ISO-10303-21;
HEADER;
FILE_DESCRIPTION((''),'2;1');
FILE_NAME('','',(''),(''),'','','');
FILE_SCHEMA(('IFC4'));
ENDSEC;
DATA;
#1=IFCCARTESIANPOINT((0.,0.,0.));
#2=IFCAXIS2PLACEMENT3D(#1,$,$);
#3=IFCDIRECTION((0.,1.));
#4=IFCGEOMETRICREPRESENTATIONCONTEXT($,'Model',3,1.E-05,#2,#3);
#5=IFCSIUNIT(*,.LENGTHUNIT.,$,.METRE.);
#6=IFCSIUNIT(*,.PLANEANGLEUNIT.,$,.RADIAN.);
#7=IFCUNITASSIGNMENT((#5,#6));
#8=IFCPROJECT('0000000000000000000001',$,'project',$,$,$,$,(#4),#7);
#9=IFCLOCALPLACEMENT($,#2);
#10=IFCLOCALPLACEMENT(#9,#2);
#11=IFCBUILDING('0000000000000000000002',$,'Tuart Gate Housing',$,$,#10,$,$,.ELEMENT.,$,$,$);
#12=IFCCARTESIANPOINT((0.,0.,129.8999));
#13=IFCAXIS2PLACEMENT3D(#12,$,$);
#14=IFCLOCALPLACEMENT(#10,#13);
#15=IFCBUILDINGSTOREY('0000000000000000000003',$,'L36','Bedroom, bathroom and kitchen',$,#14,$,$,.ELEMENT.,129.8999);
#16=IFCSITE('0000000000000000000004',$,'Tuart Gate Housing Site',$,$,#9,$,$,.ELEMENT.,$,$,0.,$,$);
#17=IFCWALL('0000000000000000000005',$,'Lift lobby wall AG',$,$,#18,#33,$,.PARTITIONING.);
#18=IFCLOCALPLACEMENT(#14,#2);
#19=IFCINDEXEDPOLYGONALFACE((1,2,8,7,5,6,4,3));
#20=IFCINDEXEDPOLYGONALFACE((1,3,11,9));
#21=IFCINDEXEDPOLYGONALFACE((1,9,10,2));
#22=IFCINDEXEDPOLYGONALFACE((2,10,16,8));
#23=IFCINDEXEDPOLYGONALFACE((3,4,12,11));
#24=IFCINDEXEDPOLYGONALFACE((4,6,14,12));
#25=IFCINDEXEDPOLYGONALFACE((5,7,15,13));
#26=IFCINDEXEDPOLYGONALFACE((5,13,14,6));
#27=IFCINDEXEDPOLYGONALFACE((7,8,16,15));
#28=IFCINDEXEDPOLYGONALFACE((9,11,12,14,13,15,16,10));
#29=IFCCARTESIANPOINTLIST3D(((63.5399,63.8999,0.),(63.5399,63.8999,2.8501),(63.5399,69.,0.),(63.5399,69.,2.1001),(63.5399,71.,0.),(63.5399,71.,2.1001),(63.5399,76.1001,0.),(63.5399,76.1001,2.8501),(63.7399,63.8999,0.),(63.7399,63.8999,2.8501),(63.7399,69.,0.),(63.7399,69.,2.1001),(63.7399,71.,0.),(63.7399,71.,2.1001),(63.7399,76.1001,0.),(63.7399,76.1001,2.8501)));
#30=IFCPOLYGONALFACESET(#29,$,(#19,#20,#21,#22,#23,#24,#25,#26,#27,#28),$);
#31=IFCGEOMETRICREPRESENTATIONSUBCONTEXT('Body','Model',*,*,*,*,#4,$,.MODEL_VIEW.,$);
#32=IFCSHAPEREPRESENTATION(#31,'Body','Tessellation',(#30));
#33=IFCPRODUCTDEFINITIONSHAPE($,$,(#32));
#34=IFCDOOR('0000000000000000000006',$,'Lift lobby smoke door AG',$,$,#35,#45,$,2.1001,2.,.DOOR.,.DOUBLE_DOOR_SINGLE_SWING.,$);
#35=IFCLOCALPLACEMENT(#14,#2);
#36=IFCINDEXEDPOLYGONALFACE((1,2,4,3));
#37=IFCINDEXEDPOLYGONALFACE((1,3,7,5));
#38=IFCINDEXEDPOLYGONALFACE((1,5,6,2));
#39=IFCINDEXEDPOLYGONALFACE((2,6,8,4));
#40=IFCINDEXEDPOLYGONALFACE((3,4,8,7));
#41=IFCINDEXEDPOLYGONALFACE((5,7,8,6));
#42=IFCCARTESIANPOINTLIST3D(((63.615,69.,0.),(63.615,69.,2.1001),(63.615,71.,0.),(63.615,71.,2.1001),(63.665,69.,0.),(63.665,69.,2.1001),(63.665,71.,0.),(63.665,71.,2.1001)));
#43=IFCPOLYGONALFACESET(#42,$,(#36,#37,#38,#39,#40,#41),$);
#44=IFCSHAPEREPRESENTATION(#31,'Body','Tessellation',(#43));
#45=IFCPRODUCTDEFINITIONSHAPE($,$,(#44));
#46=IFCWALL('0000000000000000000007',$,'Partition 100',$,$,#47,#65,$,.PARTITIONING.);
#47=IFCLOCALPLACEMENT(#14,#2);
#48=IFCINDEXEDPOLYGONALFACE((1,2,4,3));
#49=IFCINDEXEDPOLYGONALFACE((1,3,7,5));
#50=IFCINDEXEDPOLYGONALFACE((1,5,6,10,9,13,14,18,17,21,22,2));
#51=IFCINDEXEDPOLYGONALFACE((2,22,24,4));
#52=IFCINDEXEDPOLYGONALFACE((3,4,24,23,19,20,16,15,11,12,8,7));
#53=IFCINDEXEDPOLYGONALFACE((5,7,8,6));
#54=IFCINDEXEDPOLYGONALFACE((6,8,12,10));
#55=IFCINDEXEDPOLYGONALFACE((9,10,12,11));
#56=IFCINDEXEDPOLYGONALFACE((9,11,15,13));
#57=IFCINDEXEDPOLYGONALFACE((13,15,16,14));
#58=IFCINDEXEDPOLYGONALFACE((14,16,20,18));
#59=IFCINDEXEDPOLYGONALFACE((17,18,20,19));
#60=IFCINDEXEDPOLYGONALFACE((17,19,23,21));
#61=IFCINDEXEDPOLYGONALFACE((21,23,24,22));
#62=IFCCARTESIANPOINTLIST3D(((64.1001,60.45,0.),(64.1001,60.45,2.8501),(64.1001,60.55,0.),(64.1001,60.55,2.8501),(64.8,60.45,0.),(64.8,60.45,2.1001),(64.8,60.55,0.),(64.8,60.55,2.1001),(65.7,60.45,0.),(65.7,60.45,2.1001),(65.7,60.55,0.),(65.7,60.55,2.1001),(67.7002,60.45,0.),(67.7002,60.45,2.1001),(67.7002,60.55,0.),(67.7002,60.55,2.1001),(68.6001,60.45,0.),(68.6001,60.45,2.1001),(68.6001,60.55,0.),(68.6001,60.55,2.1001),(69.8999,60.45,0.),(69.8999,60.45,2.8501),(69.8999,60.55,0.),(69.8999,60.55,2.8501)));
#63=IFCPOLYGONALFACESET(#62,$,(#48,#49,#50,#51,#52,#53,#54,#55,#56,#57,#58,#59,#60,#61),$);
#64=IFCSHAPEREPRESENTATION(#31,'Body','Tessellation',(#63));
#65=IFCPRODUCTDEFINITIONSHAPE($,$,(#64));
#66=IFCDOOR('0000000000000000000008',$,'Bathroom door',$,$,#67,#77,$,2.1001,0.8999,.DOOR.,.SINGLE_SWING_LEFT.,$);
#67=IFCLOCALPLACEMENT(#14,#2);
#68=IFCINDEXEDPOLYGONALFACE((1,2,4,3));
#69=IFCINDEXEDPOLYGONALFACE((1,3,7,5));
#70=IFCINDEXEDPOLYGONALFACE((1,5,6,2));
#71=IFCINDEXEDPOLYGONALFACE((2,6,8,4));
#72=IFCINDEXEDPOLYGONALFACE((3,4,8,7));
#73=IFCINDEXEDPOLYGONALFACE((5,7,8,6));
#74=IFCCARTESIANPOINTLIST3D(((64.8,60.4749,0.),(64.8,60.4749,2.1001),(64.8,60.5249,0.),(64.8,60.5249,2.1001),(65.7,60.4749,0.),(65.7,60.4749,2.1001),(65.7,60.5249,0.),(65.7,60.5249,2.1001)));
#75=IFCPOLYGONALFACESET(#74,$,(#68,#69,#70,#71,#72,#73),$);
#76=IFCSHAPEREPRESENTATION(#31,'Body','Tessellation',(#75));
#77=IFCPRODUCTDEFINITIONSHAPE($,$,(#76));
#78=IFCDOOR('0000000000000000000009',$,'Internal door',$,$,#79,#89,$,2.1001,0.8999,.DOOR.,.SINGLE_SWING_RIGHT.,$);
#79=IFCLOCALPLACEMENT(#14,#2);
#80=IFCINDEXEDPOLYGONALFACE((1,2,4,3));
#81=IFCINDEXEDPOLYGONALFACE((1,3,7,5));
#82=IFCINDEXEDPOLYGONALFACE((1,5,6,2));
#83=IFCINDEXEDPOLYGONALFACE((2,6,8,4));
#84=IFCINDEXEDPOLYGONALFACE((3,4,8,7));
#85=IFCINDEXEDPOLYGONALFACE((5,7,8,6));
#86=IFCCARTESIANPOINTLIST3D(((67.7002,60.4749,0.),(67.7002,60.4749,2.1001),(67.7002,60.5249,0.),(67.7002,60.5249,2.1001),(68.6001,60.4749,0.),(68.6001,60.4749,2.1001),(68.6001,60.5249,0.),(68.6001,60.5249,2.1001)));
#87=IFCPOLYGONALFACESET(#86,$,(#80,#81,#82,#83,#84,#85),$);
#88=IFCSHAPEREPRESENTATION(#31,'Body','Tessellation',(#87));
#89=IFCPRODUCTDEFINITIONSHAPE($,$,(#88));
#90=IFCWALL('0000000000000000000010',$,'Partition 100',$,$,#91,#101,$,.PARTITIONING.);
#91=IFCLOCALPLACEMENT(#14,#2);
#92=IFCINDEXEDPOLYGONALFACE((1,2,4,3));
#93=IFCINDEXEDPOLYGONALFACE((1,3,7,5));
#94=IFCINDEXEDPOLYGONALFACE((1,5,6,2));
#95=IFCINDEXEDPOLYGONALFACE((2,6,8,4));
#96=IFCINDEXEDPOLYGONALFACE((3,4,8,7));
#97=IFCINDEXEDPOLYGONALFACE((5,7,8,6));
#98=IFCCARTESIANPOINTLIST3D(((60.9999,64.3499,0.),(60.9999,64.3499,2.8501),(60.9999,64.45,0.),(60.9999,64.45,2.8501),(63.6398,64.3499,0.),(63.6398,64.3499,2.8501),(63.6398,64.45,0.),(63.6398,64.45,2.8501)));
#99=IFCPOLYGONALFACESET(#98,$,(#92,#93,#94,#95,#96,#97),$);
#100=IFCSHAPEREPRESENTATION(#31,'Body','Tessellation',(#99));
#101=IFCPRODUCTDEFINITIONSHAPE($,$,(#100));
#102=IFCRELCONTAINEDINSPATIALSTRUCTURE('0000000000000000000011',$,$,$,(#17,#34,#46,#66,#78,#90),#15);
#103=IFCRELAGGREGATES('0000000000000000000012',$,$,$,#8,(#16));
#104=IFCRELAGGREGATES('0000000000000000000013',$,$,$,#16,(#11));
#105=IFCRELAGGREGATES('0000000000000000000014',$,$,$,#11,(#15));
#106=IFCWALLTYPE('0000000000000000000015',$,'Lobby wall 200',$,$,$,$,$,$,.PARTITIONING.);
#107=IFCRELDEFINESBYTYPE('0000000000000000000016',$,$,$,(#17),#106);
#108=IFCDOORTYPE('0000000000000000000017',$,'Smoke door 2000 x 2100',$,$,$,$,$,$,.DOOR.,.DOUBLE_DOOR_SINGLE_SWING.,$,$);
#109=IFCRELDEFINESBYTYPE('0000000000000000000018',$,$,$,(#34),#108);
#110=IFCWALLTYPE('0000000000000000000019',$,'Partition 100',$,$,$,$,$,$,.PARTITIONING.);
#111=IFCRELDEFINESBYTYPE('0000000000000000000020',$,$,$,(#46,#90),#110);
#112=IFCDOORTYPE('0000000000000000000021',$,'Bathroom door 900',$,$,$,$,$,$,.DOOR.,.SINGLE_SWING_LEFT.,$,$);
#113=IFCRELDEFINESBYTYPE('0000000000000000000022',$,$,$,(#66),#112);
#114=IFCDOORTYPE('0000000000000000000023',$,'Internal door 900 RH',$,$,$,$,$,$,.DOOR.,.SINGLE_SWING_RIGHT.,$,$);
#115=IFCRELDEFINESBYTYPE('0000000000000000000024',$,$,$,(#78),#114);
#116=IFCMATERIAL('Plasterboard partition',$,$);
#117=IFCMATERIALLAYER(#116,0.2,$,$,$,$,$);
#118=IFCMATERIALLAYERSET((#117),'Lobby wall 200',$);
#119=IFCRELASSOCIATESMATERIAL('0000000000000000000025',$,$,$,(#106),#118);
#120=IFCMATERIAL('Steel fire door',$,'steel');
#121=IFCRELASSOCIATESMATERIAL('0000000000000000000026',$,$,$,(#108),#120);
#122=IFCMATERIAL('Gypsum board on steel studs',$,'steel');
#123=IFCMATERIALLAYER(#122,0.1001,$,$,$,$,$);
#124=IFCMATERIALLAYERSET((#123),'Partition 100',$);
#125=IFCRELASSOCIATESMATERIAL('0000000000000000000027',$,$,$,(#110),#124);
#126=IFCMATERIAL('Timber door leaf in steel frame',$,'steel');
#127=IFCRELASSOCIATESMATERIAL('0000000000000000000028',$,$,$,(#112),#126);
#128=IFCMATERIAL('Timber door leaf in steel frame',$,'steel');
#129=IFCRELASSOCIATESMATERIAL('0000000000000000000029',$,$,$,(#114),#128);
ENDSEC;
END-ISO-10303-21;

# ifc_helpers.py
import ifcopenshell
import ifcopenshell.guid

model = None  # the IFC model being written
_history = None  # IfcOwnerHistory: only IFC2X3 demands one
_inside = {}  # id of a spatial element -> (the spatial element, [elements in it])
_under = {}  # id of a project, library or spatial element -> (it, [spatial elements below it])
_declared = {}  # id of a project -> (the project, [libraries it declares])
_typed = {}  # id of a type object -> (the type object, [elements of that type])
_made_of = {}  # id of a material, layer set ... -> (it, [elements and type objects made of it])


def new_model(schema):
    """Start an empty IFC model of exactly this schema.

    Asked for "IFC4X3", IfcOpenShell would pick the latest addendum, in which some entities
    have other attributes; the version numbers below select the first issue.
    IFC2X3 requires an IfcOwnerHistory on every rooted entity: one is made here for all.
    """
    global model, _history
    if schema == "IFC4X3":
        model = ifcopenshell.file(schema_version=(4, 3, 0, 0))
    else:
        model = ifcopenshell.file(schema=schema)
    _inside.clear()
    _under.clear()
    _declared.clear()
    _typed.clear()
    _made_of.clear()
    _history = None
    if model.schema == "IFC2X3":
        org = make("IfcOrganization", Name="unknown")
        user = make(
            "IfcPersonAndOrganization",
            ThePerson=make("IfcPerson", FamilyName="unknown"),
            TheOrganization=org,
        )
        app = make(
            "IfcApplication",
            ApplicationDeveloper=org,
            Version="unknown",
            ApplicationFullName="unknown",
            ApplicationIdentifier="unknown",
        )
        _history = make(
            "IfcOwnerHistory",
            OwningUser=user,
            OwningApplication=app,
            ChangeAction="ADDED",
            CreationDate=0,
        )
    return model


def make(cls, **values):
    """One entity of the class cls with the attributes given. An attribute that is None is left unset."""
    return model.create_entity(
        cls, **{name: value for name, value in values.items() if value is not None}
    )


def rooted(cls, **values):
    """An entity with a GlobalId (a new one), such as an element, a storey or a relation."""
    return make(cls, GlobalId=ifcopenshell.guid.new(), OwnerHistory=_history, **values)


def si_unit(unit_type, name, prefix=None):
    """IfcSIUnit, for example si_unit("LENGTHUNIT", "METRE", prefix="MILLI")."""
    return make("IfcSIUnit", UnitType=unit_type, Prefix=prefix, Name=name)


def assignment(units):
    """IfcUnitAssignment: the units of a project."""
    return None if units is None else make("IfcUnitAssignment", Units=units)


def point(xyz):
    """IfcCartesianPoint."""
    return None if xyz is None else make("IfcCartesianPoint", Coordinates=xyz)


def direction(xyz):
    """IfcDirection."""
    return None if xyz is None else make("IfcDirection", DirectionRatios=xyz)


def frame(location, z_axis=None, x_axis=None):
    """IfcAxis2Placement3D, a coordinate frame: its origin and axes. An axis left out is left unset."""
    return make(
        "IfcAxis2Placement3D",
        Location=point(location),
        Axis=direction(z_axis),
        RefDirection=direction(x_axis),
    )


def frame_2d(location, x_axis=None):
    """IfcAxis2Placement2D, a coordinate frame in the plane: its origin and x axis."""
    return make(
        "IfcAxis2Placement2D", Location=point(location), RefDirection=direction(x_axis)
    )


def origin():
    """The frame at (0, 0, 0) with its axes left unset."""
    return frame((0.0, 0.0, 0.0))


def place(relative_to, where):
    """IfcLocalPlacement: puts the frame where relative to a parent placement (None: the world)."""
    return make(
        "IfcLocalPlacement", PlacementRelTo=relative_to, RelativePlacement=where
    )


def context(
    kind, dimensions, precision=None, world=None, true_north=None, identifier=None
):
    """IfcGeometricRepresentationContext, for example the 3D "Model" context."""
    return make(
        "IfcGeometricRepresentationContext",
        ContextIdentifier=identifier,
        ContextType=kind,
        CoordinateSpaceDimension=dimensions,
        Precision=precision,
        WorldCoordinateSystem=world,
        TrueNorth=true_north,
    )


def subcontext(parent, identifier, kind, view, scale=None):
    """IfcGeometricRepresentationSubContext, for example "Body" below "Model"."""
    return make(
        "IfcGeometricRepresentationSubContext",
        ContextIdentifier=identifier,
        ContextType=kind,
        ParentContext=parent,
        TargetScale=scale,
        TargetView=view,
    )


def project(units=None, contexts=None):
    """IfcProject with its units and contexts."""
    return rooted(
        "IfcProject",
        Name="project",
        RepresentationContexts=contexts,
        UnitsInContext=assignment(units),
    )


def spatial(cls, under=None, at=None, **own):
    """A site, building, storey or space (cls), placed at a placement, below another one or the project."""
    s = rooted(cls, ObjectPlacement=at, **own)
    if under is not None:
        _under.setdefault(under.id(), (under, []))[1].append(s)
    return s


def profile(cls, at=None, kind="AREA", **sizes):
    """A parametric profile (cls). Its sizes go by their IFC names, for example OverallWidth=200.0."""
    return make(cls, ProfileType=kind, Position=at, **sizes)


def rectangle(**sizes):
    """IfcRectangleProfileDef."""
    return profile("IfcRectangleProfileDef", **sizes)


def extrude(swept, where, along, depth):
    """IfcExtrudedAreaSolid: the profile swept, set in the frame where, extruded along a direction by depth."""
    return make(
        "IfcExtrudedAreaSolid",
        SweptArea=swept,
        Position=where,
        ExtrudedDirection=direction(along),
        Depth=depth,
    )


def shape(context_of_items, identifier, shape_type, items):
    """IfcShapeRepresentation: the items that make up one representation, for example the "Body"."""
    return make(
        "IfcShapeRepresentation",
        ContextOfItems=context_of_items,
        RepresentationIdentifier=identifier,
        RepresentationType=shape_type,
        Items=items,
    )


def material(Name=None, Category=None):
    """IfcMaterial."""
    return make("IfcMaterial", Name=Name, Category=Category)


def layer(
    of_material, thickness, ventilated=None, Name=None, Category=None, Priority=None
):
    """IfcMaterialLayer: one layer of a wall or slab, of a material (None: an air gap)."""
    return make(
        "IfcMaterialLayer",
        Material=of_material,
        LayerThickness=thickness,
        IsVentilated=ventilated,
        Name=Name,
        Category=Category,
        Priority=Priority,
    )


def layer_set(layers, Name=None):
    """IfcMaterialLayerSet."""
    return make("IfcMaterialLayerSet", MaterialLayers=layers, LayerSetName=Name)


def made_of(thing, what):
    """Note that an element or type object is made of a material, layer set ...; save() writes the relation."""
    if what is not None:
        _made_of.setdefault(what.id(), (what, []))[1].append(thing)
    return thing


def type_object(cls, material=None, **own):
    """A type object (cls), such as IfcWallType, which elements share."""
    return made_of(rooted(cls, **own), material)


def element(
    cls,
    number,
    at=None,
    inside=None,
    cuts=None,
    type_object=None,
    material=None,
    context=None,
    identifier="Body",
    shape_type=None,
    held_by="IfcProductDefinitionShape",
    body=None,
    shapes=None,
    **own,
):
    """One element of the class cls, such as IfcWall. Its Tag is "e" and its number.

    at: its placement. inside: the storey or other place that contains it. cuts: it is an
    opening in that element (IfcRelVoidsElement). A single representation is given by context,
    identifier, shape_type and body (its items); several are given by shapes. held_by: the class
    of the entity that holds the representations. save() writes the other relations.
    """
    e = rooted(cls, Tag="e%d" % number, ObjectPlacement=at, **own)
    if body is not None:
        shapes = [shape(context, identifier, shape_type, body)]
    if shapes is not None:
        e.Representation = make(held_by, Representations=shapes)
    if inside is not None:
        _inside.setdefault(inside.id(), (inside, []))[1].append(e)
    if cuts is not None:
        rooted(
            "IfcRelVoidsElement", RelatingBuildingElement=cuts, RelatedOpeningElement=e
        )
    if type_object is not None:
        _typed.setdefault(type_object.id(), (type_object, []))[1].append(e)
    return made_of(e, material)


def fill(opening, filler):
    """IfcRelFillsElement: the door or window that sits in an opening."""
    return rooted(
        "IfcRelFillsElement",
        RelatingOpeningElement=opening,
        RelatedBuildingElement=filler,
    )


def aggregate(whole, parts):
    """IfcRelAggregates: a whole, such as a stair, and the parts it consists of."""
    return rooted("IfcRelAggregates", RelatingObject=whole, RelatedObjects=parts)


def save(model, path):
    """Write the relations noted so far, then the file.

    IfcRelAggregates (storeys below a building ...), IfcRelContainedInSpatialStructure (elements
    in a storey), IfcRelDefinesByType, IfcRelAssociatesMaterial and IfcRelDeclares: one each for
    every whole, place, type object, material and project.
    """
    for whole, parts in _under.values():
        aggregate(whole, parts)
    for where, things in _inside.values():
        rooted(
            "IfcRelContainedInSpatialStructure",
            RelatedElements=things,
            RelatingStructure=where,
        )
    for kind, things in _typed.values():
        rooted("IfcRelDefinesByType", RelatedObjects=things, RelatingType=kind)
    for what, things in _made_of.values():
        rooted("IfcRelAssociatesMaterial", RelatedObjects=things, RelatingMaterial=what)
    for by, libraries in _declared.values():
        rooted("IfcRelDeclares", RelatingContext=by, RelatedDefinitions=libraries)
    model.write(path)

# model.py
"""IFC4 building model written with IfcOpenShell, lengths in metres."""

from ifc_helpers import new_model, si_unit, direction, frame, frame_2d, origin, place, context, subcontext, project, spatial, rectangle, extrude, material, layer, layer_set, type_object, element, fill, save


model = new_model("IFC4")

# Units and contexts
model_context = context("Model", 3, precision=1e-05, world=origin(), true_north=direction((0.0, 1.0)))
body_context = subcontext(model_context, "Body", "Model", "MODEL_VIEW")
ifc_project = project(units=[si_unit("LENGTHUNIT", "METRE"), si_unit("PLANEANGLEUNIT", "RADIAN")], contexts=[model_context])

# Site, building, storey
site_placement = place(None, origin())
site = spatial("IfcSite", under=ifc_project, at=site_placement, Name="Tuart Gate Housing Site", CompositionType="ELEMENT", RefElevation=0.0)
building_placement = place(site_placement, origin())
building = spatial("IfcBuilding", under=site, at=building_placement, Name="Tuart Gate Housing", CompositionType="ELEMENT")
storey_placement = place(building_placement, frame((0.0, 0.0, 129.8999)))
storey = spatial("IfcBuildingStorey", under=building, at=storey_placement, Name="L36", Description="Bedroom, bathroom and kitchen", CompositionType="ELEMENT", Elevation=129.8999)

# Wall, opening, door
ifc_material_1 = material(Name="Plasterboard partition")
ifc_layer_1 = layer(ifc_material_1, 0.2)
ifc_layer_set_1 = layer_set([ifc_layer_1], Name="Lobby wall 200")
wall_type_1 = type_object("IfcWallType", Name="Lobby wall 200", PredefinedType="PARTITIONING", material=ifc_layer_set_1)
wall_1_placement = place(storey_placement, frame((63.6399, 63.8999, 0.0), z_axis=(0.0, 0.0, 1.0), x_axis=(0.0, 1.0, 0.0)))
wall_1 = element("IfcWall", 1, at=wall_1_placement, inside=storey, type_object=wall_type_1, Name="Lift lobby wall AG", PredefinedType="PARTITIONING", context=body_context, shape_type="SweptSolid", body=[
    extrude(rectangle(XDim=12.2002, YDim=0.2, at=frame_2d((6.1001, 0.0))), origin(), (0.0, 0.0, 1.0), 2.8501),
])
opening_1_placement = place(wall_1_placement, frame((5.1001, 0.0, 0.0)))
opening_1 = element("IfcOpeningElement", 2, at=opening_1_placement, cuts=wall_1, PredefinedType="OPENING", context=body_context, shape_type="SweptSolid", body=[
    extrude(rectangle(XDim=2.0, YDim=2.1001, at=frame_2d((1.0, 1.05))), frame((0.0, 0.1099, 0.0), z_axis=(0.0, -1.0, 0.0), x_axis=(1.0, 0.0, 0.0)), (0.0, 0.0, 1.0), 0.22),
])
ifc_material_2 = material(Name="Steel fire door", Category="steel")
door_type_1 = type_object("IfcDoorType", Name="Smoke door 2000 x 2100", OperationType="DOUBLE_DOOR_SINGLE_SWING", PredefinedType="DOOR", material=ifc_material_2)
door_1_placement = place(opening_1_placement, frame((2.0, 0.0, 0.0), z_axis=(0.0, 0.0, 1.0), x_axis=(-1.0, 0.0, 0.0)))
door_1 = element("IfcDoor", 3, at=door_1_placement, inside=storey, type_object=door_type_1, Name="Lift lobby smoke door AG", OperationType="DOUBLE_DOOR_SINGLE_SWING", OverallHeight=2.1001, OverallWidth=2.0, PredefinedType="DOOR", context=body_context, shape_type="SweptSolid", body=[
    extrude(rectangle(XDim=2.0, YDim=2.1001, at=frame_2d((1.0, 1.05))), frame((0.0, 0.0251, 0.0), z_axis=(0.0, -1.0, 0.0), x_axis=(1.0, 0.0, 0.0)), (0.0, 0.0, 1.0), 0.05),
])
fill(opening_1, door_1)

# Wall, openings, doors
ifc_material_3 = material(Name="Gypsum board on steel studs", Category="steel")
ifc_layer_2 = layer(ifc_material_3, 0.1001)
ifc_layer_set_2 = layer_set([ifc_layer_2], Name="Partition 100")
wall_type_2 = type_object("IfcWallType", Name="Partition 100", PredefinedType="PARTITIONING", material=ifc_layer_set_2)
wall_2_placement = place(storey_placement, frame((64.1001, 60.5, 0.0), z_axis=(0.0, 0.0, 1.0), x_axis=(1.0, 0.0, 0.0)))
wall_2 = element("IfcWall", 4, at=wall_2_placement, inside=storey, type_object=wall_type_2, Name="Partition 100", PredefinedType="PARTITIONING", context=body_context, shape_type="SweptSolid", body=[
    extrude(rectangle(XDim=5.7998, YDim=0.1001, at=frame_2d((2.8999, 0.0))), origin(), (0.0, 0.0, 1.0), 2.8501),
])
opening_2_placement = place(wall_2_placement, frame((3.6001, 0.0, 0.0)))
opening_2 = element("IfcOpeningElement", 5, at=opening_2_placement, cuts=wall_2, PredefinedType="OPENING", context=body_context, shape_type="SweptSolid", body=[
    extrude(rectangle(XDim=0.8999, YDim=2.1001, at=frame_2d((0.45, 1.05))), frame((0.0, 0.0601, 0.0), z_axis=(0.0, -1.0, 0.0), x_axis=(1.0, 0.0, 0.0)), (0.0, 0.0, 1.0), 0.1201),
])
opening_3_placement = place(wall_2_placement, frame((0.7, 0.0, 0.0)))
opening_3 = element("IfcOpeningElement", 6, at=opening_3_placement, cuts=wall_2, PredefinedType="OPENING", context=body_context, shape_type="SweptSolid", body=[
    extrude(rectangle(XDim=0.8999, YDim=2.1001, at=frame_2d((0.45, 1.05))), frame((0.0, 0.0601, 0.0), z_axis=(0.0, -1.0, 0.0), x_axis=(1.0, 0.0, 0.0)), (0.0, 0.0, 1.0), 0.1201),
])
ifc_material_4 = material(Name="Timber door leaf in steel frame", Category="steel")
door_type_2 = type_object("IfcDoorType", Name="Bathroom door 900", OperationType="SINGLE_SWING_LEFT", PredefinedType="DOOR", material=ifc_material_4)
door_2_placement = place(opening_3_placement, frame((0.8999, 0.0, 0.0), z_axis=(0.0, 0.0, 1.0), x_axis=(-1.0, 0.0, 0.0)))
door_2 = element("IfcDoor", 7, at=door_2_placement, inside=storey, type_object=door_type_2, Name="Bathroom door", OperationType="SINGLE_SWING_LEFT", OverallHeight=2.1001, OverallWidth=0.8999, PredefinedType="DOOR", context=body_context, shape_type="SweptSolid", body=[
    extrude(rectangle(XDim=0.8999, YDim=2.1001, at=frame_2d((0.45, 1.05))), frame((0.0, 0.0251, 0.0), z_axis=(0.0, -1.0, 0.0), x_axis=(1.0, 0.0, 0.0)), (0.0, 0.0, 1.0), 0.05),
])
fill(opening_3, door_2)
ifc_material_5 = material(Name="Timber door leaf in steel frame", Category="steel")
door_type_3 = type_object("IfcDoorType", Name="Internal door 900 RH", OperationType="SINGLE_SWING_RIGHT", PredefinedType="DOOR", material=ifc_material_5)
door_3_placement = place(opening_2_placement, origin())
door_3 = element("IfcDoor", 8, at=door_3_placement, inside=storey, type_object=door_type_3, Name="Internal door", OperationType="SINGLE_SWING_RIGHT", OverallHeight=2.1001, OverallWidth=0.8999, PredefinedType="DOOR", context=body_context, shape_type="SweptSolid", body=[
    extrude(rectangle(XDim=0.8999, YDim=2.1001, at=frame_2d((0.45, 1.05))), frame((0.0, 0.0249, 0.0), z_axis=(0.0, -1.0, 0.0), x_axis=(1.0, 0.0, 0.0)), (0.0, 0.0, 1.0), 0.05),
])
fill(opening_2, door_3)

# Wall
wall_3_placement = place(storey_placement, frame((61.0, 64.3999, 0.0), z_axis=(0.0, 0.0, 1.0), x_axis=(1.0, 0.0, 0.0)))
element("IfcWall", 9, at=wall_3_placement, inside=storey, type_object=wall_type_2, Name="Partition 100", PredefinedType="PARTITIONING", context=body_context, shape_type="SweptSolid", body=[
    extrude(rectangle(XDim=2.6399, YDim=0.1001, at=frame_2d((1.3198, 0.0))), origin(), (0.0, 0.0, 1.0), 2.8501),
])

save(model, "model.ifc")
